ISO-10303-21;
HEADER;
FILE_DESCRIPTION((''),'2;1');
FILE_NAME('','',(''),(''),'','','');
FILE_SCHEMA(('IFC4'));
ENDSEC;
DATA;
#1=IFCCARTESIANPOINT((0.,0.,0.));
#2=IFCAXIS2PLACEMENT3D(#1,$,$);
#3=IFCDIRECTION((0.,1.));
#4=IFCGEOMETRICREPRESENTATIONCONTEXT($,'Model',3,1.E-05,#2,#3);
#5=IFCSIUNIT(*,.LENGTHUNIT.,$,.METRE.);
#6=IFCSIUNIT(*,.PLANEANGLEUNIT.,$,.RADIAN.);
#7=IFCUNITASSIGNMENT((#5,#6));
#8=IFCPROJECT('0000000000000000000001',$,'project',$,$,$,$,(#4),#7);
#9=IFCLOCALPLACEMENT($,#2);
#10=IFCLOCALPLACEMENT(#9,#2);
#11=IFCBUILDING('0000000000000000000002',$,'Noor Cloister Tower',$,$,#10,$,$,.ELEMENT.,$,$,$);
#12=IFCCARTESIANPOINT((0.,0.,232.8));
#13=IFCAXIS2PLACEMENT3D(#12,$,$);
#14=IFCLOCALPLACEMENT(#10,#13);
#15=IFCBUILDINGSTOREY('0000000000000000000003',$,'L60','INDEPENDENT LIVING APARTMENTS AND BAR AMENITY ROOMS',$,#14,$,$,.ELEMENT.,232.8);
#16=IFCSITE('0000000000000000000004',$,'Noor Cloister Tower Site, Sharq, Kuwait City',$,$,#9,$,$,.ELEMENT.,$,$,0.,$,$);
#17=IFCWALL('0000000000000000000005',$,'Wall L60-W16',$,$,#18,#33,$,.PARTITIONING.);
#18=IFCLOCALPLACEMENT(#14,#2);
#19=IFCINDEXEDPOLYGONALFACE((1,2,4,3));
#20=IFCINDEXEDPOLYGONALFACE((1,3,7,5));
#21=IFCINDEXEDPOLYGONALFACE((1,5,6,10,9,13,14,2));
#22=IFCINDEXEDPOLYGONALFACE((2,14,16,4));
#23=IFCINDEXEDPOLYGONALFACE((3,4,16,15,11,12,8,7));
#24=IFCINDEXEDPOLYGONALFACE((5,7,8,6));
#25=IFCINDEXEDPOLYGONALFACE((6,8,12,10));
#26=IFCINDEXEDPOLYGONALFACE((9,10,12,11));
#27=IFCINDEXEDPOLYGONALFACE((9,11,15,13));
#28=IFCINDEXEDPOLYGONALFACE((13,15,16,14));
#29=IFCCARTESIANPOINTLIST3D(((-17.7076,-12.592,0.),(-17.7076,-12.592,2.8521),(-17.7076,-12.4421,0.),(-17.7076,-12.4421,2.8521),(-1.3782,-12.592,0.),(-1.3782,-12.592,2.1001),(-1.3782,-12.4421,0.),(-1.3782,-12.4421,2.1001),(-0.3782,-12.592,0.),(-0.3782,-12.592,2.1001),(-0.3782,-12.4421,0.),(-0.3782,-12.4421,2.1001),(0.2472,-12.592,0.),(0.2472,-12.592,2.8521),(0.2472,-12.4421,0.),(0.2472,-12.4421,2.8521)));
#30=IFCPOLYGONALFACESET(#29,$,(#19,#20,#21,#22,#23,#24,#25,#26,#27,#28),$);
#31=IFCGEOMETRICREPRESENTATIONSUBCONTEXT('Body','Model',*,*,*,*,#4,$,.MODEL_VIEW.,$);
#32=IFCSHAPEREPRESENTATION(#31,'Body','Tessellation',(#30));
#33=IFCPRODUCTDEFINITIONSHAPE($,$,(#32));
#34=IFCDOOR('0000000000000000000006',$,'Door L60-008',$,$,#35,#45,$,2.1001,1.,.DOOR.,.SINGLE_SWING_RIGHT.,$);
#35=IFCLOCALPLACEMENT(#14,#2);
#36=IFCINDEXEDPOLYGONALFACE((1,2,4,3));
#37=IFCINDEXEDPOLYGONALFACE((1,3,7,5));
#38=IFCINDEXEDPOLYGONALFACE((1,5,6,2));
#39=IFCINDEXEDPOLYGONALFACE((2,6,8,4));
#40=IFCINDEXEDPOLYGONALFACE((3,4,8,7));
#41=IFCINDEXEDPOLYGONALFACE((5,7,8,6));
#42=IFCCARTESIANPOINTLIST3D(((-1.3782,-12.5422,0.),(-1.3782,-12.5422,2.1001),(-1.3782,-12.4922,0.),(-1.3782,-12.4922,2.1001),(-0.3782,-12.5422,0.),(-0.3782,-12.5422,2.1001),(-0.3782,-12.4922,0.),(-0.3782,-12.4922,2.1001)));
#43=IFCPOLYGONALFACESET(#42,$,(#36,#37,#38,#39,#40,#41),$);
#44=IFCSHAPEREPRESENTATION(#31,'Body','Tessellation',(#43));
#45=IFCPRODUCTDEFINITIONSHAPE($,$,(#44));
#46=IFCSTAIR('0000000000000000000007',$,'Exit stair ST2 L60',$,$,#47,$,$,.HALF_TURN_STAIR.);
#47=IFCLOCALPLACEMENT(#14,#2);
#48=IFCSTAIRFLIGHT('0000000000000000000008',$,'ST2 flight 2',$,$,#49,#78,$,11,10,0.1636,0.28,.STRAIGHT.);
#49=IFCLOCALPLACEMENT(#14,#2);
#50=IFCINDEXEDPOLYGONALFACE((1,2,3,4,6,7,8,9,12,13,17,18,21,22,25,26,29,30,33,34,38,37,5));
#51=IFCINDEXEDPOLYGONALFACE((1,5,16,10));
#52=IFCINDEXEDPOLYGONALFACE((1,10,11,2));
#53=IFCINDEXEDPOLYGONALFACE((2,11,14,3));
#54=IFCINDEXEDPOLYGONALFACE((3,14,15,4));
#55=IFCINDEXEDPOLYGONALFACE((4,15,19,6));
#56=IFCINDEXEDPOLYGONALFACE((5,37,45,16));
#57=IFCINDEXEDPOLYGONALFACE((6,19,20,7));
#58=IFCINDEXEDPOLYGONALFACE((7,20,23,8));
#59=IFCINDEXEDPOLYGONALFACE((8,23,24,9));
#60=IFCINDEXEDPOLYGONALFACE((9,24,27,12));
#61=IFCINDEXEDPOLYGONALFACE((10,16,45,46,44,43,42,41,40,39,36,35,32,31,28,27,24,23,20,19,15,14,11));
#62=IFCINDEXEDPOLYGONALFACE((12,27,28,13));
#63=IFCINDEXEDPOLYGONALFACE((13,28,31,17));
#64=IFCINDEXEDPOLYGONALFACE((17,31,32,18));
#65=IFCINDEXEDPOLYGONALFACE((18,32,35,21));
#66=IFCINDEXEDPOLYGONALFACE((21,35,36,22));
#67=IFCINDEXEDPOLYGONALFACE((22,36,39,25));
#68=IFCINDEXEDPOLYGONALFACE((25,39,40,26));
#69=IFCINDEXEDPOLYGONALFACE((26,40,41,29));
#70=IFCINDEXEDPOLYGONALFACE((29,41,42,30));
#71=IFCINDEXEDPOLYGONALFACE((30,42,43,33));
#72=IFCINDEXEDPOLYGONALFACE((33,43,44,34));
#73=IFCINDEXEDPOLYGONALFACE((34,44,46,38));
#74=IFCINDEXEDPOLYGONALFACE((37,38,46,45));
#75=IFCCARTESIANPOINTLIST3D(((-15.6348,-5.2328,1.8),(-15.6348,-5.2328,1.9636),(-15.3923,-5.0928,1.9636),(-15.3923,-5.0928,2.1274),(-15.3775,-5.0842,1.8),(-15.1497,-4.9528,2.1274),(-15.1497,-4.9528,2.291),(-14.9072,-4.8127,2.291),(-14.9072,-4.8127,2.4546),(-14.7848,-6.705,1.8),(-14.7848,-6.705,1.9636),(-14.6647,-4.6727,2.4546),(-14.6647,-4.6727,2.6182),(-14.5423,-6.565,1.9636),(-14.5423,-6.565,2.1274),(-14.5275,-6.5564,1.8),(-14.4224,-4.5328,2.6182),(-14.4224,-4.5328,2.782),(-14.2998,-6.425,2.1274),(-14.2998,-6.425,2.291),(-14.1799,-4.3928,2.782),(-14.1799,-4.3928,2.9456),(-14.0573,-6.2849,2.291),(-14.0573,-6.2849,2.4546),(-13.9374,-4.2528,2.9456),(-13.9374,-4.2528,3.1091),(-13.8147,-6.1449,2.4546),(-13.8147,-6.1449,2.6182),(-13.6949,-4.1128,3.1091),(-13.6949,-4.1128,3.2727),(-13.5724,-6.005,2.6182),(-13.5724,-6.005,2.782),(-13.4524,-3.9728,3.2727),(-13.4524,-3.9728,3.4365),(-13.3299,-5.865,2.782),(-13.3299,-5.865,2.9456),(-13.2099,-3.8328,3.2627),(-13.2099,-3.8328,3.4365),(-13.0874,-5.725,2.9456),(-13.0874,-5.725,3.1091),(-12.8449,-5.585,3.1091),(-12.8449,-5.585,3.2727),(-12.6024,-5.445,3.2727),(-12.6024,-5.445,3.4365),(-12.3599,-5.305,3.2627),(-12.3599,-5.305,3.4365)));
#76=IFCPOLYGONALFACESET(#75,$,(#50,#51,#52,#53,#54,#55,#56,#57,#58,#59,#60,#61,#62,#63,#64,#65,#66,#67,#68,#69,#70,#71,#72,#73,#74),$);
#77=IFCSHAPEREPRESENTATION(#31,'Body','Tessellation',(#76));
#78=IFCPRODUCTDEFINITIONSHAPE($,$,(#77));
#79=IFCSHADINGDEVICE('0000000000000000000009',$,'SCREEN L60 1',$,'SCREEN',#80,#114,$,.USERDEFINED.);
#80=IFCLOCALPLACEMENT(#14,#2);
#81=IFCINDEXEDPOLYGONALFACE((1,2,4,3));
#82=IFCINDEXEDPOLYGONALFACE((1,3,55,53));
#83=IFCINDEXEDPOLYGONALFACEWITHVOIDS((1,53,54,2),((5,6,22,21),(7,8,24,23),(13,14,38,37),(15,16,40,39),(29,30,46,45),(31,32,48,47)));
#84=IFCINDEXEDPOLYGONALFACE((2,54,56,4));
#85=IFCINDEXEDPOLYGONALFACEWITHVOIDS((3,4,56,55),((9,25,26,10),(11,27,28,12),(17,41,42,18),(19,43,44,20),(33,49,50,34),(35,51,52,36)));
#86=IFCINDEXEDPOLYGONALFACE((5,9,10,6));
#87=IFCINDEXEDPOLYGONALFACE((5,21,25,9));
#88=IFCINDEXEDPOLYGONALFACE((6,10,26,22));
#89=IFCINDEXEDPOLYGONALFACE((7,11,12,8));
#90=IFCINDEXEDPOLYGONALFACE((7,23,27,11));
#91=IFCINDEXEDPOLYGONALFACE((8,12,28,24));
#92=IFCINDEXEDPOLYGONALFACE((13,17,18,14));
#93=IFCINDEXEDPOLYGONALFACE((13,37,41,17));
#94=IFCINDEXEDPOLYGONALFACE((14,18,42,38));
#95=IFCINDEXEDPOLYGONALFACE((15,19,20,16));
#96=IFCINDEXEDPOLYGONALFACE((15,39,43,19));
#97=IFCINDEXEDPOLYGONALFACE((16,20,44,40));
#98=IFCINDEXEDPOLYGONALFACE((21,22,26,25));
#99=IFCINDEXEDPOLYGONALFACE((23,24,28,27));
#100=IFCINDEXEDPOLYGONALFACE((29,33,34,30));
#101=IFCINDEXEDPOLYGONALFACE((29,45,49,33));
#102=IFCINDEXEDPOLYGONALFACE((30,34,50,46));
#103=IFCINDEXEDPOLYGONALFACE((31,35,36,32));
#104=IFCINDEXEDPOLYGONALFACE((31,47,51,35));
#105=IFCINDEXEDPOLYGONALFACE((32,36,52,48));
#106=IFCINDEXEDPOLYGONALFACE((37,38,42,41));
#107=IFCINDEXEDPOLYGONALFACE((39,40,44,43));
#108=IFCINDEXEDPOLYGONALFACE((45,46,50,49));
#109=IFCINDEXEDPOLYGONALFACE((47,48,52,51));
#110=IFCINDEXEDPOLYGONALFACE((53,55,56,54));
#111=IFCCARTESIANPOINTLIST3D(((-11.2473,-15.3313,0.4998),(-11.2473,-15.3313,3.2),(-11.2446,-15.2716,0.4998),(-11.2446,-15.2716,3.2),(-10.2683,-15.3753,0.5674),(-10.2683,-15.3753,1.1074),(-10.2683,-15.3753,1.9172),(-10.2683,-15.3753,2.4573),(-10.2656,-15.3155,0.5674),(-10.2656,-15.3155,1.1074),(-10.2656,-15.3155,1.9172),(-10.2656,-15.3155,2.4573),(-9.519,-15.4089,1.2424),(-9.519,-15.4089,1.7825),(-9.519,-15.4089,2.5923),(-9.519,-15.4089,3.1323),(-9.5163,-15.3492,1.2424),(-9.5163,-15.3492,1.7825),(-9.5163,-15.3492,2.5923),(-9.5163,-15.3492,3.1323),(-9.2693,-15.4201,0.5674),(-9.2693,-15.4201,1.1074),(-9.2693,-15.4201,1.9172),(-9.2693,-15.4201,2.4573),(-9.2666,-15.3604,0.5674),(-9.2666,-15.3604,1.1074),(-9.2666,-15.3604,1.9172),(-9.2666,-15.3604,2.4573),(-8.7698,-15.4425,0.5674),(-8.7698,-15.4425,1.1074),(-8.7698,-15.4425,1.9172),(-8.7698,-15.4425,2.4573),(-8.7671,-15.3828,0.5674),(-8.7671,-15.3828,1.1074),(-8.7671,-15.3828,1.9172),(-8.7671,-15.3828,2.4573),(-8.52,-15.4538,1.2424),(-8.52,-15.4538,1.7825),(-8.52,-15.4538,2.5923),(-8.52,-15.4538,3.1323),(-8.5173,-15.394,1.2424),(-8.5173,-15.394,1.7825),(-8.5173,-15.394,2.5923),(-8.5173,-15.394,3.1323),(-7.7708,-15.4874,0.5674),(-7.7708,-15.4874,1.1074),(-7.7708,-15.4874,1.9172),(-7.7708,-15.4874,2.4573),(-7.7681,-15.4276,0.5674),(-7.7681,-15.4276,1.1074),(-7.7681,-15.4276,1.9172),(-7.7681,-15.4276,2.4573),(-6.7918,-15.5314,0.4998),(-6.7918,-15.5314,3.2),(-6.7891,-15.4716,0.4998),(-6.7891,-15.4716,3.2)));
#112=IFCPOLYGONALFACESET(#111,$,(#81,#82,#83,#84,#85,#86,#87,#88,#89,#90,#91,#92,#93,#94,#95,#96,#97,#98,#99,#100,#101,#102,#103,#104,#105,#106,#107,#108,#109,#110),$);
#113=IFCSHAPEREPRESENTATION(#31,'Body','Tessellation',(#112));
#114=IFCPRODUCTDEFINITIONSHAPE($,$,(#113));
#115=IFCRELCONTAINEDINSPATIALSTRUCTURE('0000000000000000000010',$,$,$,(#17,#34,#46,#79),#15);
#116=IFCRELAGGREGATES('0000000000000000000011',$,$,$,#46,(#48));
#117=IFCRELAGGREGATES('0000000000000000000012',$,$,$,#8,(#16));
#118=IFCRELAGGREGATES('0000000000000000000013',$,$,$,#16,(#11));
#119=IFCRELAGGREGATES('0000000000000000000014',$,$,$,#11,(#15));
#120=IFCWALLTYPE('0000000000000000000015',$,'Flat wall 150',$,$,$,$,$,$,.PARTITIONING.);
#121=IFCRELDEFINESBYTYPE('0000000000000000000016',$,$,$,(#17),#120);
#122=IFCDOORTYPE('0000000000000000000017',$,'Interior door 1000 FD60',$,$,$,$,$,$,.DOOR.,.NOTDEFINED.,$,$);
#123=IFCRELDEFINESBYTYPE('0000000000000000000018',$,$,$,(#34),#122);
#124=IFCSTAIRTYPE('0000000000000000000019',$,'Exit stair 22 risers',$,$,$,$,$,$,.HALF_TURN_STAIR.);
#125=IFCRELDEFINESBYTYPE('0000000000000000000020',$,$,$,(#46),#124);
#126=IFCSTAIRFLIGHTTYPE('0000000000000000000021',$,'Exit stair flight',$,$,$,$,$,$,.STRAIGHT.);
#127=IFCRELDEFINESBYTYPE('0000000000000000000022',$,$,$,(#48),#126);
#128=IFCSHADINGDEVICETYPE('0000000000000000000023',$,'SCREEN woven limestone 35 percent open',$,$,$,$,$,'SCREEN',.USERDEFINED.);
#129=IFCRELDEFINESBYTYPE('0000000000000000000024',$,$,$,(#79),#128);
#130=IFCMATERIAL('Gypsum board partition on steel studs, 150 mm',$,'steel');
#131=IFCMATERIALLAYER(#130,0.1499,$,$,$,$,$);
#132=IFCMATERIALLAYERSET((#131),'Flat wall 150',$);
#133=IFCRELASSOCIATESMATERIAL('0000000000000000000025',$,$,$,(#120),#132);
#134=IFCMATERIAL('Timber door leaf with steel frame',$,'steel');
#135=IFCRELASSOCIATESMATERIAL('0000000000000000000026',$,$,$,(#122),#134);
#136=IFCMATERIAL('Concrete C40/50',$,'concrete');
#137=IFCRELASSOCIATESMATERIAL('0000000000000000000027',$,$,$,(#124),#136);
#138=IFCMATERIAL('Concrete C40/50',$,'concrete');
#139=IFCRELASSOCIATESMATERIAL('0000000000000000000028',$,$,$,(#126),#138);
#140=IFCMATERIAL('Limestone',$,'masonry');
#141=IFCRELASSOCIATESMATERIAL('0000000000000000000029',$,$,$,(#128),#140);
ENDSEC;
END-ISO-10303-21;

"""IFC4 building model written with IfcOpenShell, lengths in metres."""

from ifc_helpers import new_model, si_unit, direction, frame, frame_2d, origin, place, context, subcontext, project, spatial, polyline, rectangle, outline, extrude, material, layer, layer_set, material_profile, profile_set, type_object, element, fill, aggregate, save


model = new_model("IFC4")

# Units and contexts
model_context = context("Model", 3, precision=1e-05, world=origin(), true_north=direction((0.0, 1.0)))
body_context = subcontext(model_context, "Body", "Model", "MODEL_VIEW")
ifc_project = project(units=[si_unit("LENGTHUNIT", "METRE"), si_unit("PLANEANGLEUNIT", "RADIAN")], contexts=[model_context])

# Site, building, storey
site_placement = place(None, origin())
site = spatial("IfcSite", under=ifc_project, at=site_placement, Name="Noor Cloister Tower Site, Sharq, Kuwait City", CompositionType="ELEMENT", RefElevation=0.0)
building_placement = place(site_placement, origin())
building = spatial("IfcBuilding", under=site, at=building_placement, Name="Noor Cloister Tower", CompositionType="ELEMENT")
storey_placement = place(building_placement, frame((0.0, 0.0, 232.8)))
storey = spatial("IfcBuildingStorey", under=building, at=storey_placement, Name="L60", Description="INDEPENDENT LIVING APARTMENTS AND BAR AMENITY ROOMS", CompositionType="ELEMENT", Elevation=232.8)

# Wall, opening, door
ifc_material_1 = material(Name="Gypsum board partition on steel studs, 150 mm", Category="steel")
ifc_layer_1 = layer(ifc_material_1, 0.1499)
ifc_layer_set_1 = layer_set([ifc_layer_1], Name="Flat wall 150")
wall_type_1 = type_object("IfcWallType", Name="Flat wall 150", PredefinedType="PARTITIONING", material=ifc_layer_set_1)
ifc_material_2 = material(Name="Timber door leaf with steel frame", Category="steel")
door_type_1 = type_object("IfcDoorType", Name="Interior door 1000 FD60", OperationType="NOTDEFINED", PredefinedType="DOOR", material=ifc_material_2)
wall_1_placement = place(storey_placement, frame((-17.7078, -12.5171, 0.0), z_axis=(0.0, 0.0, 1.0), x_axis=(1.0, 0.0, 0.0)))
wall_1 = element("IfcWall", 1, at=wall_1_placement, inside=storey, type_object=wall_type_1, Name="Wall L60-W16", PredefinedType="PARTITIONING", context=body_context, shape_type="SweptSolid", body=[
    extrude(rectangle(XDim=17.9548, YDim=0.1499, at=frame_2d((8.9775, 0.0))), origin(), (0.0, 0.0, 1.0), 2.8521),
])
opening_1_placement = place(wall_1_placement, frame((16.3296, 0.0, 0.0)))
opening_1 = element("IfcOpeningElement", 2, at=opening_1_placement, cuts=wall_1, PredefinedType="OPENING", context=body_context, shape_type="SweptSolid", body=[
    extrude(rectangle(XDim=1.0, YDim=2.1001, at=frame_2d((0.5, 1.05))), frame((0.0, 0.085, 0.0), z_axis=(0.0, -1.0, 0.0), x_axis=(1.0, 0.0, 0.0)), (0.0, 0.0, 1.0), 0.1699),
])
door_1_placement = place(opening_1_placement, origin())
door_1 = element("IfcDoor", 3, at=door_1_placement, inside=storey, type_object=door_type_1, Name="Door L60-008", OperationType="SINGLE_SWING_RIGHT", OverallHeight=2.1001, OverallWidth=1.0, PredefinedType="DOOR", context=body_context, shape_type="SweptSolid", body=[
    extrude(rectangle(XDim=1.0, YDim=2.1001, at=frame_2d((0.5, 1.05))), frame((0.0, 0.0249, 0.0), z_axis=(0.0, -1.0, 0.0), x_axis=(1.0, 0.0, 0.0)), (0.0, 0.0, 1.0), 0.05),
])
fill(opening_1, door_1)

# Stair, stair flight
ifc_material_3 = material(Name="Concrete C40/50", Category="concrete")
stair_type = type_object("IfcStairType", Name="Exit stair 22 risers", PredefinedType="HALF_TURN_STAIR", material=ifc_material_3)
stair_placement = place(storey_placement, origin())
stair = element("IfcStair", 4, at=stair_placement, inside=storey, type_object=stair_type, Name="Exit stair ST2 L60", PredefinedType="HALF_TURN_STAIR")
ifc_material_4 = material(Name="Concrete C40/50", Category="concrete")
stair_flight_type = type_object("IfcStairFlightType", Name="Exit stair flight", PredefinedType="STRAIGHT", material=ifc_material_4)
stair_flight_placement = place(storey_placement, frame((-15.2097, -5.969, 1.8), z_axis=(0.0, 0.0, 1.0), x_axis=(0.866025, 0.5, 0.0)))
stair_flight = element("IfcStairFlight", 5, at=stair_flight_placement, type_object=stair_flight_type, Name="ST2 flight 2", NumberOfRisers=11, NumberOfTreads=10, PredefinedType="STRAIGHT", RiserHeight=0.1636, TreadLength=0.28, context=body_context, shape_type="SweptSolid", body=[
    extrude(outline(polyline([(0.0, 0.0), (0.0, 0.1636), (0.28, 0.1636), (0.28, 0.3274), (0.5601, 0.3274), (0.5601, 0.491), (0.8401, 0.491), (0.8401, 0.6545), (1.1201, 0.6545), (1.1201, 0.8181), (1.3999, 0.8181), (1.3999, 0.9819), (1.6799, 0.9819), (1.6799, 1.1455), (1.96, 1.1455), (1.96, 1.3091), (2.24, 1.3091), (2.24, 1.4727), (2.52, 1.4727), (2.52, 1.6365), (2.8, 1.6365), (2.8, 1.8), (2.8, 1.4626), (0.2971, 0.0), (0.0, 0.0)])), frame((0.0, 0.8501, 0.0), z_axis=(0.0, -1.0, 0.0), x_axis=(1.0, 0.0, 0.0)), (0.0, 0.0, 1.0), 1.7),
])
aggregate(stair, [stair_flight])

# Shading device
ifc_material_5 = material(Name="Limestone", Category="masonry")
ifc_material_profile_1 = material_profile(ifc_material_5, outline(polyline([(-2.23, -1.3501), (2.23, -1.3501), (2.23, 1.3501), (-2.23, 1.3501), (-2.23, -1.3501)]), holes=[polyline([(-1.25, -1.2825), (-0.25, -1.2825), (-0.25, -0.7424), (-1.25, -0.7424), (-1.25, -1.2825)]), polyline([(0.25, -1.2825), (1.25, -1.2825), (1.25, -0.7424), (0.25, -0.7424), (0.25, -1.2825)]), polyline([(-0.5, -0.6074), (0.5, -0.6074), (0.5, -0.0674), (-0.5, -0.0674), (-0.5, -0.6074)]), polyline([(-1.25, 0.0674), (-0.25, 0.0674), (-0.25, 0.6074), (-1.25, 0.6074), (-1.25, 0.0674)]), polyline([(0.25, 0.0674), (1.25, 0.0674), (1.25, 0.6074), (0.25, 0.6074), (0.25, 0.0674)]), polyline([(-0.5, 0.7424), (0.5, 0.7424), (0.5, 1.2825), (-0.5, 1.2825), (-0.5, 0.7424)])]), Name="Woven screen 35 percent open")
ifc_profile_set_1 = profile_set([ifc_material_profile_1], Name="Limestone")
shading_device_type = type_object("IfcShadingDeviceType", Name="SCREEN woven limestone 35 percent open", ElementType="SCREEN", PredefinedType="USERDEFINED", material=ifc_profile_set_1)
shading_device_placement = place(storey_placement, frame((-9.0168, -15.3716, 1.8499), z_axis=(-0.044853, -0.998994, 0.0), x_axis=(0.998994, -0.044853, 0.0)))
element("IfcShadingDevice", 6, at=shading_device_placement, inside=storey, type_object=shading_device_type, Name="SCREEN L60 1", ObjectType="SCREEN", PredefinedType="USERDEFINED", context=body_context, shape_type="SweptSolid", body=[
    extrude(outline(polyline([(-2.23, -1.3501), (2.23, -1.3501), (2.23, 1.3501), (-2.23, 1.3501), (-2.23, -1.3501)]), holes=[polyline([(-1.25, -1.2825), (-0.25, -1.2825), (-0.25, -0.7424), (-1.25, -0.7424), (-1.25, -1.2825)]), polyline([(0.25, -1.2825), (1.25, -1.2825), (1.25, -0.7424), (0.25, -0.7424), (0.25, -1.2825)]), polyline([(-0.5, -0.6074), (0.5, -0.6074), (0.5, -0.0674), (-0.5, -0.0674), (-0.5, -0.6074)]), polyline([(-1.25, 0.0674), (-0.25, 0.0674), (-0.25, 0.6074), (-1.25, 0.6074), (-1.25, 0.0674)]), polyline([(0.25, 0.0674), (1.25, 0.0674), (1.25, 0.6074), (0.25, 0.6074), (0.25, 0.0674)]), polyline([(-0.5, 0.7424), (0.5, 0.7424), (0.5, 1.2825), (-0.5, 1.2825), (-0.5, 0.7424)])]), origin(), (0.0, 0.0, 1.0), 0.0598),
])

save(model, "model.ifc")
